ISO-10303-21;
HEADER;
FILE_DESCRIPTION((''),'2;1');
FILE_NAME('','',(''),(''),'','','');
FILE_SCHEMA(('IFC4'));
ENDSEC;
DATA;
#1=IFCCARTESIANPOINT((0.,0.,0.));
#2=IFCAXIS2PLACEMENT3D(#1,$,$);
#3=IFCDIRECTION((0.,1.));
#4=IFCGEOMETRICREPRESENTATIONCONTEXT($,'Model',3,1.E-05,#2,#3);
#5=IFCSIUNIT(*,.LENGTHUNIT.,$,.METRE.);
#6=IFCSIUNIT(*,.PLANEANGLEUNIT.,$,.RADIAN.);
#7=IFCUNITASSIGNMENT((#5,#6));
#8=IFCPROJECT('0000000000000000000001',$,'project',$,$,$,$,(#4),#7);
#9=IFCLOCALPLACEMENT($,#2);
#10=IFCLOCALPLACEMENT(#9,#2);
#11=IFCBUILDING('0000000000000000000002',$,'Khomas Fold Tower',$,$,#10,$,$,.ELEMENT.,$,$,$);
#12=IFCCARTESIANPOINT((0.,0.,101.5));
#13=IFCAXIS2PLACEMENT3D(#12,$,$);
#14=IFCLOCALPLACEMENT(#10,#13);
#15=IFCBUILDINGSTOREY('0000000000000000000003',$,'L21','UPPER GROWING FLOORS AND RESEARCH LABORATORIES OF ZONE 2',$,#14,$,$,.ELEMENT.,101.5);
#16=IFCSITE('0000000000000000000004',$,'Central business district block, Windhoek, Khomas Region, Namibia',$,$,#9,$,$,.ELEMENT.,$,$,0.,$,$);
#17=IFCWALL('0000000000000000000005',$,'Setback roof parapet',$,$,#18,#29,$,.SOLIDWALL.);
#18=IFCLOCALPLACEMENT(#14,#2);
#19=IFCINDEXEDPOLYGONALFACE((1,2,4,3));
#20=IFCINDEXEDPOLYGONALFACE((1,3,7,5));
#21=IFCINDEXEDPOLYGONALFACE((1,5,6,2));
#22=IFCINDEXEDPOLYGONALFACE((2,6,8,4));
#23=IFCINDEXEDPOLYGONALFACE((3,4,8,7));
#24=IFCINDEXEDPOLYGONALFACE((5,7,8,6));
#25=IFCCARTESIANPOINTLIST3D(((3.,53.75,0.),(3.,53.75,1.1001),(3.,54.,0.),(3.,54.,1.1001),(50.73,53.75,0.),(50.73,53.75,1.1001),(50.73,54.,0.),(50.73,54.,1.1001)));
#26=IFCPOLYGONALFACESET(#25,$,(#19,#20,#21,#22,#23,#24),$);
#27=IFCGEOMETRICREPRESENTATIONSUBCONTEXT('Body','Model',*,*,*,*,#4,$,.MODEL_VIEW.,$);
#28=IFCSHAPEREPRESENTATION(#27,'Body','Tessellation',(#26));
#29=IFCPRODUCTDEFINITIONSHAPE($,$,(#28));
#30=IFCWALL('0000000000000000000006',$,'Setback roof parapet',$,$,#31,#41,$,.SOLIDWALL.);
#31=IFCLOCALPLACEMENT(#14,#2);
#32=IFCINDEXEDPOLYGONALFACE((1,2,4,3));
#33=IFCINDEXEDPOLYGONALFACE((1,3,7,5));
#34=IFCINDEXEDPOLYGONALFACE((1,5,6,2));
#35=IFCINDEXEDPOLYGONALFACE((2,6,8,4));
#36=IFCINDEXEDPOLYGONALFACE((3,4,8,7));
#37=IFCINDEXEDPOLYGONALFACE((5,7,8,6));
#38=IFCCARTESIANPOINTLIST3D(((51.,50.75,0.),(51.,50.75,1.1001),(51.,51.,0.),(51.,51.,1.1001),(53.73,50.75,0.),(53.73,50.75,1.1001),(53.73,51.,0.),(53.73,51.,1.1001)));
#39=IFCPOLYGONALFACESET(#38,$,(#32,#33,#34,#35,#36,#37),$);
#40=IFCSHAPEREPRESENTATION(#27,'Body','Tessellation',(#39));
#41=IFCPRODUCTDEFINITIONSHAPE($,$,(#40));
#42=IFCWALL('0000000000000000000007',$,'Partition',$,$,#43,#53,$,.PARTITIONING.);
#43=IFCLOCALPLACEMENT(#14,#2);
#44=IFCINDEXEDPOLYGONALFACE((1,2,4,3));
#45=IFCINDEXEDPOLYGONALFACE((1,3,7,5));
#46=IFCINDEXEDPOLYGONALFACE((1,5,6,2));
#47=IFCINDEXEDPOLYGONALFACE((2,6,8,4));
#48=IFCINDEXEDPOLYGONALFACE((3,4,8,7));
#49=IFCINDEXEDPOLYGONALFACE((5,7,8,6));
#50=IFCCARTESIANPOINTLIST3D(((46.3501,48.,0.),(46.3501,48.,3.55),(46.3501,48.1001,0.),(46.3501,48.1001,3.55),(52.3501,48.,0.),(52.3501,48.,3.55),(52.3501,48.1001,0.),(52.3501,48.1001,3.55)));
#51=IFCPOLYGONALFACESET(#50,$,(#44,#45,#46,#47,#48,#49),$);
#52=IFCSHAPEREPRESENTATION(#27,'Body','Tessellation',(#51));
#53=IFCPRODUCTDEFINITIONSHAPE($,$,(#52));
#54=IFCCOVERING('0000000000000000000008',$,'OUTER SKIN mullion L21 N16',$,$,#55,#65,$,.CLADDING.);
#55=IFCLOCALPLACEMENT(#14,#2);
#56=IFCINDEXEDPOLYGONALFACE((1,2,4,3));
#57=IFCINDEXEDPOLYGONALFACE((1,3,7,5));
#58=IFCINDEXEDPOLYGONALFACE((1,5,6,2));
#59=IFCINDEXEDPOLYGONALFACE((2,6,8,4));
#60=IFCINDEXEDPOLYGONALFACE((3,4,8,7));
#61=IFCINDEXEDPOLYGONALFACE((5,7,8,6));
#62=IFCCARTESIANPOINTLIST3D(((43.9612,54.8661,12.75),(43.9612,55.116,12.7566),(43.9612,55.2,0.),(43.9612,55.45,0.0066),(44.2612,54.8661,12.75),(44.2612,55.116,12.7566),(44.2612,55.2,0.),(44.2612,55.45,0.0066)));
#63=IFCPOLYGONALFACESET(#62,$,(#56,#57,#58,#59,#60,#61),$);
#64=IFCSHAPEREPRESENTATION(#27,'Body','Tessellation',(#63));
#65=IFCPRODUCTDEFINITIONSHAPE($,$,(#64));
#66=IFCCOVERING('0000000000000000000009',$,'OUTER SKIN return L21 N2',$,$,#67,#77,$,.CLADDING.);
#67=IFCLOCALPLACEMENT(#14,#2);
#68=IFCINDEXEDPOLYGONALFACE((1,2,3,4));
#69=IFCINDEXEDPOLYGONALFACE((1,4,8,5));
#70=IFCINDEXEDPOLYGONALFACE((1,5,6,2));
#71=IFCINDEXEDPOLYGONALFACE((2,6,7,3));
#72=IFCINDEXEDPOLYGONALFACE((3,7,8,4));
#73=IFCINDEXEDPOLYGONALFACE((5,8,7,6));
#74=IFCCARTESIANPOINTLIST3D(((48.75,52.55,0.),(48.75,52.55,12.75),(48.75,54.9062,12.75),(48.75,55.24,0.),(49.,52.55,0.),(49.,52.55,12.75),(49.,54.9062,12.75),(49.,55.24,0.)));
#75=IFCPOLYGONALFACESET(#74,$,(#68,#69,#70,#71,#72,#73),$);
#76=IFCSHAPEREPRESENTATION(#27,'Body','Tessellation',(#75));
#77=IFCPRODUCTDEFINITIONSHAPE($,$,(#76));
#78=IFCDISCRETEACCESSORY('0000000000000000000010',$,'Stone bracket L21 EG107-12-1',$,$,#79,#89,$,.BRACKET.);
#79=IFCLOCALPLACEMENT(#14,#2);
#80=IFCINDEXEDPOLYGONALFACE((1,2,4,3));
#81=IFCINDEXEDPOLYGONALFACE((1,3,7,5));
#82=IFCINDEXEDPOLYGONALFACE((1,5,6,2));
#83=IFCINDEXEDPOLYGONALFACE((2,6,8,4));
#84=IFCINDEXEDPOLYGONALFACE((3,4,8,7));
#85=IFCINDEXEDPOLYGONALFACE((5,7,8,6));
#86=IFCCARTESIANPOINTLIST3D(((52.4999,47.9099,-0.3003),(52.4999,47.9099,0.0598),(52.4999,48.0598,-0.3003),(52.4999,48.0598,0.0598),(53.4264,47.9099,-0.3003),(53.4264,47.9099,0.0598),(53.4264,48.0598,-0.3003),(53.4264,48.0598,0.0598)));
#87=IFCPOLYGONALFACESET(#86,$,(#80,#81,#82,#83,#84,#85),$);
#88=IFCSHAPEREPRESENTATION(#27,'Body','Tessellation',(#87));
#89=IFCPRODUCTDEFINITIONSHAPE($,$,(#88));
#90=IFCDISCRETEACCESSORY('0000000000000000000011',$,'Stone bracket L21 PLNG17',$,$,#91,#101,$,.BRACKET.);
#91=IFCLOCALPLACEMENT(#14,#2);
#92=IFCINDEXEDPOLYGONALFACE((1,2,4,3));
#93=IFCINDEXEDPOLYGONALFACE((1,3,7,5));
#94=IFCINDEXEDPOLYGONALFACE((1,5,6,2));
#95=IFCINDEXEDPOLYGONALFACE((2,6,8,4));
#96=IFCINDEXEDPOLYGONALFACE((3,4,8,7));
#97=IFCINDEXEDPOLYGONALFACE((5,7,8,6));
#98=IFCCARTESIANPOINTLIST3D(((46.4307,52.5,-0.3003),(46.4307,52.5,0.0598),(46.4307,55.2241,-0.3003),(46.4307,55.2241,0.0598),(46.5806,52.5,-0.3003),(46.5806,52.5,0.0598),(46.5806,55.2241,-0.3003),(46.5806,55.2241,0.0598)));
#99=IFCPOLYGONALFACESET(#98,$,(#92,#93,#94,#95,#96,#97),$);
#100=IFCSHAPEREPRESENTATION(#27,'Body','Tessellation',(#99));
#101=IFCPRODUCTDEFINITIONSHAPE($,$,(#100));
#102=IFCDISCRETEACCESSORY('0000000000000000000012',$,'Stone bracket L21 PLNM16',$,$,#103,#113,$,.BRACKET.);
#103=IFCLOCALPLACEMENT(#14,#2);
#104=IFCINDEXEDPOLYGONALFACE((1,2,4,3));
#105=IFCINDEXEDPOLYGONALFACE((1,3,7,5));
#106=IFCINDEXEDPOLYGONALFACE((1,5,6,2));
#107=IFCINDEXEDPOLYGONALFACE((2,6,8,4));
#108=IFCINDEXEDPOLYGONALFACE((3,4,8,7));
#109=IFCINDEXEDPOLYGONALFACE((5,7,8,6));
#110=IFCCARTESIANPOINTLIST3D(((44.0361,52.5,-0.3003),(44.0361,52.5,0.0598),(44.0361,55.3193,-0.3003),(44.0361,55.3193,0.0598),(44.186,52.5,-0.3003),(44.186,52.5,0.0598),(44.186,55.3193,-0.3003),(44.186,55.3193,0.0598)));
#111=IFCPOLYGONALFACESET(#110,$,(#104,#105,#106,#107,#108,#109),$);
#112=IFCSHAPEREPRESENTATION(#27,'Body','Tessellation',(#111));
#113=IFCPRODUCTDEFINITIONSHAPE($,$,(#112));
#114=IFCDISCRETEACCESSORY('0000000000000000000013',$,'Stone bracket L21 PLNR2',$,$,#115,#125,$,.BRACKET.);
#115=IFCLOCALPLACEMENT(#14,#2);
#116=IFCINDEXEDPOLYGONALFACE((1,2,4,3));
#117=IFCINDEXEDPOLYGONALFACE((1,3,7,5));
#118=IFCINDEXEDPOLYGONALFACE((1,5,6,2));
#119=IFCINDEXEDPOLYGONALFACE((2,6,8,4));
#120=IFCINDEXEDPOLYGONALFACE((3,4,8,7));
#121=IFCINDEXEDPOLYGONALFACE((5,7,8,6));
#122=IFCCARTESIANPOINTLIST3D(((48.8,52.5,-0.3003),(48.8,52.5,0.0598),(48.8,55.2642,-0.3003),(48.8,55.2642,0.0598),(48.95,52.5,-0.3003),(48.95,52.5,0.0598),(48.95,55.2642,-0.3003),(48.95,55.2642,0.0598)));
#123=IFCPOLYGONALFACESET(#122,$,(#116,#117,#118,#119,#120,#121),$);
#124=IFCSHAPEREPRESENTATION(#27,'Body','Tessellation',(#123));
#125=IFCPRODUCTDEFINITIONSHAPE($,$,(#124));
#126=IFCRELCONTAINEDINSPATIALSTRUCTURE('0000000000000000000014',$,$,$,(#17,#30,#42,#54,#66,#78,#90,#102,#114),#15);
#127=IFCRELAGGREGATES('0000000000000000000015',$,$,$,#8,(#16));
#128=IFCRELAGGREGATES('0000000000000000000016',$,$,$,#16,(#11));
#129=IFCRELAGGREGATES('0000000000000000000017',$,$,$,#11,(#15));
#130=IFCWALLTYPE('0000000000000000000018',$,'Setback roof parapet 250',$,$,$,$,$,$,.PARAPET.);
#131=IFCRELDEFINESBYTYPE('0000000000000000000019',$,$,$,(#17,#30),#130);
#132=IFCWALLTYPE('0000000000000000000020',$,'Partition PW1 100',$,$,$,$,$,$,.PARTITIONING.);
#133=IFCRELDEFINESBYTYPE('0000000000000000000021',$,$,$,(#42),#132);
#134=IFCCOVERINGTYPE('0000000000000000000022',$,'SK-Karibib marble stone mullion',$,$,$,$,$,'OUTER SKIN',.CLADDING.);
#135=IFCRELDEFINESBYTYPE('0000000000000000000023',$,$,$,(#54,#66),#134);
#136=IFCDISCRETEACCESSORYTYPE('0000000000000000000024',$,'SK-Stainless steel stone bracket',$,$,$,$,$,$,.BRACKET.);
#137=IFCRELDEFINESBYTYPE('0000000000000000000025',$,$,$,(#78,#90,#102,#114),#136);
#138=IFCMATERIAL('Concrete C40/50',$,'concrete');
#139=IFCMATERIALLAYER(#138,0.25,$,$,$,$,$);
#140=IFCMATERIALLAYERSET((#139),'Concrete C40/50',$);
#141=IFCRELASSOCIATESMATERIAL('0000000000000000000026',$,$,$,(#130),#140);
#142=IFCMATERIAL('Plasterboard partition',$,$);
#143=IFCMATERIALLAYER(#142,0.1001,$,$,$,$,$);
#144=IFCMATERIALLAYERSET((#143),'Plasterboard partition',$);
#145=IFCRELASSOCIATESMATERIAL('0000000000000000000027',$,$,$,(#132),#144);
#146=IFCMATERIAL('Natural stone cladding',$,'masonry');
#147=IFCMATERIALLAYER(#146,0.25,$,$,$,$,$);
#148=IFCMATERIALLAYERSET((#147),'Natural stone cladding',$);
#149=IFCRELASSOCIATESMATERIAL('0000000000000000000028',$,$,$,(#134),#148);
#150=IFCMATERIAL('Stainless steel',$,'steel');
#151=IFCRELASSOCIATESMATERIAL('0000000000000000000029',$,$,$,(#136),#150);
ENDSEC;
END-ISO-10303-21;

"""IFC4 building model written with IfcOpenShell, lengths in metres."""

from ifc_helpers import new_model, si_unit, direction, frame, frame_2d, origin, origin_2d, place, context, subcontext, project, spatial, polyline, rectangle, outline, extrude, source, transform, mapped, material, layer, layer_set, type_object, element, save


model = new_model("IFC4")

# Units and contexts
model_context = context("Model", 3, precision=1e-05, world=origin(), true_north=direction((0.0, 1.0)))
body_context = subcontext(model_context, "Body", "Model", "MODEL_VIEW")
ifc_project = project(units=[si_unit("LENGTHUNIT", "METRE"), si_unit("PLANEANGLEUNIT", "RADIAN")], contexts=[model_context])

# Site, building, storey
site_placement = place(None, origin())
site = spatial("IfcSite", under=ifc_project, at=site_placement, Name="Central business district block, Windhoek, Khomas Region, Namibia", CompositionType="ELEMENT", RefElevation=0.0)
building_placement = place(site_placement, origin())
building = spatial("IfcBuilding", under=site, at=building_placement, Name="Khomas Fold Tower", CompositionType="ELEMENT")
storey_placement = place(building_placement, frame((0.0, 0.0, 101.5)))
storey = spatial("IfcBuildingStorey", under=building, at=storey_placement, Name="L21", Description="UPPER GROWING FLOORS AND RESEARCH LABORATORIES OF ZONE 2", CompositionType="ELEMENT", Elevation=101.5)

# Walls
ifc_material_1 = material(Name="Concrete C40/50", Category="concrete")
ifc_layer_1 = layer(ifc_material_1, 0.25)
ifc_layer_set_1 = layer_set([ifc_layer_1], Name="Concrete C40/50")
wall_type_1 = type_object("IfcWallType", Name="Setback roof parapet 250", PredefinedType="PARAPET", material=ifc_layer_set_1)
shared_shape_1 = source(origin(), body_context, "Body", "SweptSolid", [
    extrude(rectangle(XDim=47.73, YDim=0.25, at=frame_2d((23.865, 0.0))), origin(), (0.0, 0.0, 1.0), 1.1001),
])
wall_1_placement = place(storey_placement, frame((50.73, 53.875, 0.0), z_axis=(0.0, 0.0, 1.0), x_axis=(-1.0, 0.0, 0.0)))
element("IfcWall", 1, at=wall_1_placement, inside=storey, type_object=wall_type_1, Name="Setback roof parapet", PredefinedType="SOLIDWALL", context=body_context, shape_type="MappedRepresentation", body=[
    mapped(shared_shape_1, transform((0.0, 0.0, 0.0))),
])
shared_shape_2 = source(origin(), body_context, "Body", "SweptSolid", [
    extrude(rectangle(XDim=2.73, YDim=0.25, at=frame_2d((1.365, 0.0))), origin(), (0.0, 0.0, 1.0), 1.1001),
])
wall_2_placement = place(storey_placement, frame((53.73, 50.875, 0.0), z_axis=(0.0, 0.0, 1.0), x_axis=(-1.0, 0.0, 0.0)))
element("IfcWall", 2, at=wall_2_placement, inside=storey, type_object=wall_type_1, Name="Setback roof parapet", PredefinedType="SOLIDWALL", context=body_context, shape_type="MappedRepresentation", body=[
    mapped(shared_shape_2, transform((0.0, 0.0, 0.0))),
])
ifc_material_2 = material(Name="Plasterboard partition")
ifc_layer_2 = layer(ifc_material_2, 0.1001)
ifc_layer_set_2 = layer_set([ifc_layer_2], Name="Plasterboard partition")
wall_type_2 = type_object("IfcWallType", Name="Partition PW1 100", PredefinedType="PARTITIONING", material=ifc_layer_set_2)
shared_shape_3 = source(origin(), body_context, "Body", "SweptSolid", [
    extrude(rectangle(XDim=6.0, YDim=0.1001, at=frame_2d((3.0, 0.0))), origin(), (0.0, 0.0, 1.0), 3.55),
])
wall_3_placement = place(storey_placement, frame((46.3501, 48.05, 0.0), z_axis=(0.0, 0.0, 1.0), x_axis=(1.0, 0.0, 0.0)))
element("IfcWall", 3, at=wall_3_placement, inside=storey, type_object=wall_type_2, Name="Partition", PredefinedType="PARTITIONING", context=body_context, shape_type="MappedRepresentation", body=[
    mapped(shared_shape_3, transform((0.0, 0.0, 0.0))),
])

# Coverings
ifc_material_3 = material(Name="Natural stone cladding", Category="masonry")
ifc_layer_3 = layer(ifc_material_3, 0.25)
ifc_layer_set_3 = layer_set([ifc_layer_3], Name="Natural stone cladding")
covering_type = type_object("IfcCoveringType", Name="SK-Karibib marble stone mullion", ElementType="OUTER SKIN", PredefinedType="CLADDING", material=ifc_layer_set_3)
covering_1_placement = place(storey_placement, frame((43.9612, 55.45, 0.0066), z_axis=(0.0, 0.999657, 0.026186), x_axis=(1.0, 0.0, 0.0)))
element("IfcCovering", 4, at=covering_1_placement, inside=storey, type_object=covering_type, Name="OUTER SKIN mullion L21 N16", PredefinedType="CLADDING", context=body_context, shape_type="SweptSolid", body=[
    extrude(outline(polyline([(0.0, 0.0), (0.3, 0.0), (0.3, -12.7544), (0.0, -12.7544), (0.0, 0.0)])), origin(), (0.0, 0.0, -1.0), 0.25),
])
covering_2_placement = place(storey_placement, frame((49.0, 52.55, 0.0), z_axis=(1.0, 0.0, 0.0), x_axis=(0.0, 1.0, 0.0)))
element("IfcCovering", 5, at=covering_2_placement, inside=storey, type_object=covering_type, Name="OUTER SKIN return L21 N2", PredefinedType="CLADDING", context=body_context, shape_type="SweptSolid", body=[
    extrude(outline(polyline([(0.0, 0.0), (2.6899, 0.0), (2.3562, 12.75), (0.0, 12.75), (0.0, 0.0)])), origin(), (0.0, 0.0, -1.0), 0.25),
])

# Discrete accessories
ifc_material_4 = material(Name="Stainless steel", Category="steel")
discrete_accessory_type = type_object("IfcDiscreteAccessoryType", Name="SK-Stainless steel stone bracket", PredefinedType="BRACKET", material=ifc_material_4)
shared_shape_4 = source(origin(), body_context, "Body", "SweptSolid", [
    extrude(rectangle(XDim=0.9265, YDim=0.1499, at=origin_2d()), origin(), (0.0, 0.0, 1.0), 0.3601),
])
discrete_accessory_1_placement = place(storey_placement, frame((52.9631, 47.9849, -0.3003), z_axis=(0.0, 0.0, 1.0), x_axis=(1.0, 0.0, 0.0)))
element("IfcDiscreteAccessory", 6, at=discrete_accessory_1_placement, inside=storey, type_object=discrete_accessory_type, Name="Stone bracket L21 EG107-12-1", PredefinedType="BRACKET", context=body_context, shape_type="MappedRepresentation", body=[
    mapped(shared_shape_4, transform((0.0, 0.0, 0.0))),
])
shared_shape_5 = source(origin(), body_context, "Body", "SweptSolid", [
    extrude(rectangle(XDim=2.7241, YDim=0.1499, at=origin_2d()), origin(), (0.0, 0.0, 1.0), 0.3601),
])
discrete_accessory_2_placement = place(storey_placement, frame((46.5056, 53.8621, -0.3003), z_axis=(0.0, 0.0, 1.0), x_axis=(0.0, 1.0, 0.0)))
element("IfcDiscreteAccessory", 7, at=discrete_accessory_2_placement, inside=storey, type_object=discrete_accessory_type, Name="Stone bracket L21 PLNG17", PredefinedType="BRACKET", context=body_context, shape_type="MappedRepresentation", body=[
    mapped(shared_shape_5, transform((0.0, 0.0, 0.0))),
])
shared_shape_6 = source(origin(), body_context, "Body", "SweptSolid", [
    extrude(rectangle(XDim=2.8193, YDim=0.1499, at=origin_2d()), origin(), (0.0, 0.0, 1.0), 0.3601),
])
discrete_accessory_3_placement = place(storey_placement, frame((44.1111, 53.9097, -0.3003), z_axis=(0.0, 0.0, 1.0), x_axis=(0.0, 1.0, 0.0)))
element("IfcDiscreteAccessory", 8, at=discrete_accessory_3_placement, inside=storey, type_object=discrete_accessory_type, Name="Stone bracket L21 PLNM16", PredefinedType="BRACKET", context=body_context, shape_type="MappedRepresentation", body=[
    mapped(shared_shape_6, transform((0.0, 0.0, 0.0))),
])
shared_shape_7 = source(origin(), body_context, "Body", "SweptSolid", [
    extrude(rectangle(XDim=2.7642, YDim=0.1499, at=origin_2d()), origin(), (0.0, 0.0, 1.0), 0.3601),
])
discrete_accessory_4_placement = place(storey_placement, frame((48.875, 53.8821, -0.3003), z_axis=(0.0, 0.0, 1.0), x_axis=(0.0, 1.0, 0.0)))
element("IfcDiscreteAccessory", 9, at=discrete_accessory_4_placement, inside=storey, type_object=discrete_accessory_type, Name="Stone bracket L21 PLNR2", PredefinedType="BRACKET", context=body_context, shape_type="MappedRepresentation", body=[
    mapped(shared_shape_7, transform((0.0, 0.0, 0.0))),
])

save(model, "model.ifc")
